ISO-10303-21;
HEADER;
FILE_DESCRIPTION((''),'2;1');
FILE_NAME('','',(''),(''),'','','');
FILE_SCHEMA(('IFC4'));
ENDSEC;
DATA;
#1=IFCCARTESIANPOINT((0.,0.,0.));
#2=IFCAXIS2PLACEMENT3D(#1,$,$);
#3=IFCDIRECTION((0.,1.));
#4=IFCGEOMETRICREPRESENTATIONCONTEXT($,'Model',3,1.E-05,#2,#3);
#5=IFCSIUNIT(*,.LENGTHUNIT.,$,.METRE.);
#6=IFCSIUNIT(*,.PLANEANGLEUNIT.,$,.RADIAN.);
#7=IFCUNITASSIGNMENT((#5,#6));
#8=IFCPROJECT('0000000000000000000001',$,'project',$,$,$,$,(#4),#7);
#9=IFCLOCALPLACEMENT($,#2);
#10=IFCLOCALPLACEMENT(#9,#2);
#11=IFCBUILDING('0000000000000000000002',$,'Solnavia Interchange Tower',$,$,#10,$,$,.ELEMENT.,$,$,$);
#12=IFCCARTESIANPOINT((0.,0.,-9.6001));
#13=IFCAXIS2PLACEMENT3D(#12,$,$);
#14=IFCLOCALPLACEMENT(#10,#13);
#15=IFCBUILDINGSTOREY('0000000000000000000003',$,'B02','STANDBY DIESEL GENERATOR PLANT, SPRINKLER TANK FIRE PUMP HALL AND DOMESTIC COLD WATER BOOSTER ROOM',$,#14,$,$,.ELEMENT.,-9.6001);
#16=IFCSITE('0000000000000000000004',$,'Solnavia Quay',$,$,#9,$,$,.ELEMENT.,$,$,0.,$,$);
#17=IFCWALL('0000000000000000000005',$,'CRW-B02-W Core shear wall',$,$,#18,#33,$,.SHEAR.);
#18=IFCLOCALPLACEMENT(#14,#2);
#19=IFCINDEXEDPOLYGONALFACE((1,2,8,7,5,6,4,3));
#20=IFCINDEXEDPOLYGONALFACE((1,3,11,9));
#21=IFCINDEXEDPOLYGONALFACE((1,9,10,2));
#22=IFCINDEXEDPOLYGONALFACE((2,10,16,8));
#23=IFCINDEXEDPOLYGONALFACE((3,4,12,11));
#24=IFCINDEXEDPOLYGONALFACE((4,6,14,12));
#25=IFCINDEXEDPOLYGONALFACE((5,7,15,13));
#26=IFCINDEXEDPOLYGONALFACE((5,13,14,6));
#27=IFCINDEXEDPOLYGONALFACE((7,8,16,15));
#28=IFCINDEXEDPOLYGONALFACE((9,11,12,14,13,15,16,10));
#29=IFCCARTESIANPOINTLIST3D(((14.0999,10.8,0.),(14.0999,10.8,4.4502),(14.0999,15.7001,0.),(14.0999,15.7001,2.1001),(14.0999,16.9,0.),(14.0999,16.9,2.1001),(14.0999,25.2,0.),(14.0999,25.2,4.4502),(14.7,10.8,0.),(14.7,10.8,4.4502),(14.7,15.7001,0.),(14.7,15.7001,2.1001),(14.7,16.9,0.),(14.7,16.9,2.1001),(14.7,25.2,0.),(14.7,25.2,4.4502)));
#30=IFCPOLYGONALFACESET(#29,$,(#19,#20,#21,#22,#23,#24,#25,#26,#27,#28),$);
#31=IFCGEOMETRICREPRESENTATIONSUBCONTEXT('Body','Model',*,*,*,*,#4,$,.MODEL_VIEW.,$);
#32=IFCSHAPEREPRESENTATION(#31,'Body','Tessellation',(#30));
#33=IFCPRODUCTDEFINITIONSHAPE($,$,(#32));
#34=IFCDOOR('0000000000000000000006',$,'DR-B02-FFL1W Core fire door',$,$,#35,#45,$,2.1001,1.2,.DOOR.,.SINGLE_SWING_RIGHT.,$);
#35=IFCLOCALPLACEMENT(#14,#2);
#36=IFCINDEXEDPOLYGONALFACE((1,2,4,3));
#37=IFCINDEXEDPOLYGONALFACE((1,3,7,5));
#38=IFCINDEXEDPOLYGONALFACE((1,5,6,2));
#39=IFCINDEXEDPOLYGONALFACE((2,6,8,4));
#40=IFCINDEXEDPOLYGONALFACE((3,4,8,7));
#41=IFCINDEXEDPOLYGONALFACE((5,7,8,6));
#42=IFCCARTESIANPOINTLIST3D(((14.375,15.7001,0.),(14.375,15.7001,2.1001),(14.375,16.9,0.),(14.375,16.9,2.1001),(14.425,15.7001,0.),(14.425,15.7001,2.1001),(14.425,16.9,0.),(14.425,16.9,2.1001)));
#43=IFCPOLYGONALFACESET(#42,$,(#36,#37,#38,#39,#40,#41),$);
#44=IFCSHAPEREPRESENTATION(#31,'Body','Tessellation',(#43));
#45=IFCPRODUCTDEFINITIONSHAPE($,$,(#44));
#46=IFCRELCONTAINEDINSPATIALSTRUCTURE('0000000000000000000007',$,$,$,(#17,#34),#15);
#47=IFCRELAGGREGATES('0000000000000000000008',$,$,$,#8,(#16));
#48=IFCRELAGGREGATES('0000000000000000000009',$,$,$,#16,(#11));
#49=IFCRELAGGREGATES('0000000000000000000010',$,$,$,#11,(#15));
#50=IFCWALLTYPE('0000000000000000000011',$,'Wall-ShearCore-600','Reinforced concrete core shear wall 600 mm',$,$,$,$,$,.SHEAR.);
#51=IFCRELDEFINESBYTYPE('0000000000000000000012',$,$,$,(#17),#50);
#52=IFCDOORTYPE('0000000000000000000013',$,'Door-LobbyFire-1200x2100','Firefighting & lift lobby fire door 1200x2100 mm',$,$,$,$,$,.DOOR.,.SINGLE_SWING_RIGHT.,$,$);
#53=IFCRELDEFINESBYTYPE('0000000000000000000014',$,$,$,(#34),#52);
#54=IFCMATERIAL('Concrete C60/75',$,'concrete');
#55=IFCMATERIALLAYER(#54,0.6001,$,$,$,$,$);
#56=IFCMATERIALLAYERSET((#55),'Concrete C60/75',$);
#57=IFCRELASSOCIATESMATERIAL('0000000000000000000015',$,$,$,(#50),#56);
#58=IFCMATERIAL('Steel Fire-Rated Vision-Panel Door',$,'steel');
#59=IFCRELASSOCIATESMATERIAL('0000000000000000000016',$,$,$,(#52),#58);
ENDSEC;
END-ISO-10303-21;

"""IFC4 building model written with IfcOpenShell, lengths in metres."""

from ifc_helpers import new_model, si_unit, direction, frame, frame_2d, origin, place, context, subcontext, project, spatial, rectangle, extrude, material, layer, layer_set, type_object, element, fill, save


model = new_model("IFC4")

# Units and contexts
model_context = context("Model", 3, precision=1e-05, world=origin(), true_north=direction((0.0, 1.0)))
body_context = subcontext(model_context, "Body", "Model", "MODEL_VIEW")
ifc_project = project(units=[si_unit("LENGTHUNIT", "METRE"), si_unit("PLANEANGLEUNIT", "RADIAN")], contexts=[model_context])

# Site, building, storey
site_placement = place(None, origin())
site = spatial("IfcSite", under=ifc_project, at=site_placement, Name="Solnavia Quay", CompositionType="ELEMENT", RefElevation=0.0)
building_placement = place(site_placement, origin())
building = spatial("IfcBuilding", under=site, at=building_placement, Name="Solnavia Interchange Tower", CompositionType="ELEMENT")
storey_placement = place(building_placement, frame((0.0, 0.0, -9.6001)))
storey = spatial("IfcBuildingStorey", under=building, at=storey_placement, Name="B02", Description="STANDBY DIESEL GENERATOR PLANT, SPRINKLER TANK FIRE PUMP HALL AND DOMESTIC COLD WATER BOOSTER ROOM", CompositionType="ELEMENT", Elevation=-9.6001)

# Shared definitions
ifc_material_1 = material(Name="Concrete C60/75", Category="concrete")

# Shared definitions
ifc_layer_1 = layer(ifc_material_1, 0.6001)
ifc_layer_set_1 = layer_set([ifc_layer_1], Name="Concrete C60/75")
wall_type_1 = type_object("IfcWallType", Name="Wall-ShearCore-600", Description="Reinforced concrete core shear wall 600 mm", PredefinedType="SHEAR", material=ifc_layer_set_1)

# Wall, opening, door
wall_1_placement = place(storey_placement, frame((14.3999, 10.8, 0.0), z_axis=(0.0, 0.0, 1.0), x_axis=(0.0, 1.0, 0.0)))
wall_1 = element("IfcWall", 1, at=wall_1_placement, inside=storey, type_object=wall_type_1, Name="CRW-B02-W Core shear wall", PredefinedType="SHEAR", context=body_context, shape_type="SweptSolid", body=[
    extrude(rectangle(XDim=14.3999, YDim=0.6001, at=frame_2d((7.2, 0.0))), origin(), (0.0, 0.0, 1.0), 4.4502),
])
opening_1_placement = place(wall_1_placement, frame((4.8999, 0.0, 0.0)))
opening_1 = element("IfcOpeningElement", 2, at=opening_1_placement, cuts=wall_1, PredefinedType="OPENING", context=body_context, shape_type="SweptSolid", body=[
    extrude(rectangle(XDim=1.2, YDim=2.1001, at=frame_2d((0.6001, 1.05))), frame((0.0, 0.3101, 0.0), z_axis=(0.0, -1.0, 0.0), x_axis=(1.0, 0.0, 0.0)), (0.0, 0.0, 1.0), 0.6201),
])
ifc_material_2 = material(Name="Steel Fire-Rated Vision-Panel Door", Category="steel")
door_type_1 = type_object("IfcDoorType", Name="Door-LobbyFire-1200x2100", Description="Firefighting & lift lobby fire door 1200x2100 mm", OperationType="SINGLE_SWING_RIGHT", PredefinedType="DOOR", material=ifc_material_2)
door_1_placement = place(opening_1_placement, origin())
door_1 = element("IfcDoor", 3, at=door_1_placement, inside=storey, type_object=door_type_1, Name="DR-B02-FFL1W Core fire door", OperationType="SINGLE_SWING_RIGHT", OverallHeight=2.1001, OverallWidth=1.2, PredefinedType="DOOR", context=body_context, shape_type="SweptSolid", body=[
    extrude(rectangle(XDim=1.2, YDim=2.1001, at=frame_2d((0.6001, 1.05))), frame((0.0, 0.0249, 0.0), z_axis=(0.0, -1.0, 0.0), x_axis=(1.0, 0.0, 0.0)), (0.0, 0.0, 1.0), 0.05),
])
fill(opening_1, door_1)

save(model, "model.ifc")
